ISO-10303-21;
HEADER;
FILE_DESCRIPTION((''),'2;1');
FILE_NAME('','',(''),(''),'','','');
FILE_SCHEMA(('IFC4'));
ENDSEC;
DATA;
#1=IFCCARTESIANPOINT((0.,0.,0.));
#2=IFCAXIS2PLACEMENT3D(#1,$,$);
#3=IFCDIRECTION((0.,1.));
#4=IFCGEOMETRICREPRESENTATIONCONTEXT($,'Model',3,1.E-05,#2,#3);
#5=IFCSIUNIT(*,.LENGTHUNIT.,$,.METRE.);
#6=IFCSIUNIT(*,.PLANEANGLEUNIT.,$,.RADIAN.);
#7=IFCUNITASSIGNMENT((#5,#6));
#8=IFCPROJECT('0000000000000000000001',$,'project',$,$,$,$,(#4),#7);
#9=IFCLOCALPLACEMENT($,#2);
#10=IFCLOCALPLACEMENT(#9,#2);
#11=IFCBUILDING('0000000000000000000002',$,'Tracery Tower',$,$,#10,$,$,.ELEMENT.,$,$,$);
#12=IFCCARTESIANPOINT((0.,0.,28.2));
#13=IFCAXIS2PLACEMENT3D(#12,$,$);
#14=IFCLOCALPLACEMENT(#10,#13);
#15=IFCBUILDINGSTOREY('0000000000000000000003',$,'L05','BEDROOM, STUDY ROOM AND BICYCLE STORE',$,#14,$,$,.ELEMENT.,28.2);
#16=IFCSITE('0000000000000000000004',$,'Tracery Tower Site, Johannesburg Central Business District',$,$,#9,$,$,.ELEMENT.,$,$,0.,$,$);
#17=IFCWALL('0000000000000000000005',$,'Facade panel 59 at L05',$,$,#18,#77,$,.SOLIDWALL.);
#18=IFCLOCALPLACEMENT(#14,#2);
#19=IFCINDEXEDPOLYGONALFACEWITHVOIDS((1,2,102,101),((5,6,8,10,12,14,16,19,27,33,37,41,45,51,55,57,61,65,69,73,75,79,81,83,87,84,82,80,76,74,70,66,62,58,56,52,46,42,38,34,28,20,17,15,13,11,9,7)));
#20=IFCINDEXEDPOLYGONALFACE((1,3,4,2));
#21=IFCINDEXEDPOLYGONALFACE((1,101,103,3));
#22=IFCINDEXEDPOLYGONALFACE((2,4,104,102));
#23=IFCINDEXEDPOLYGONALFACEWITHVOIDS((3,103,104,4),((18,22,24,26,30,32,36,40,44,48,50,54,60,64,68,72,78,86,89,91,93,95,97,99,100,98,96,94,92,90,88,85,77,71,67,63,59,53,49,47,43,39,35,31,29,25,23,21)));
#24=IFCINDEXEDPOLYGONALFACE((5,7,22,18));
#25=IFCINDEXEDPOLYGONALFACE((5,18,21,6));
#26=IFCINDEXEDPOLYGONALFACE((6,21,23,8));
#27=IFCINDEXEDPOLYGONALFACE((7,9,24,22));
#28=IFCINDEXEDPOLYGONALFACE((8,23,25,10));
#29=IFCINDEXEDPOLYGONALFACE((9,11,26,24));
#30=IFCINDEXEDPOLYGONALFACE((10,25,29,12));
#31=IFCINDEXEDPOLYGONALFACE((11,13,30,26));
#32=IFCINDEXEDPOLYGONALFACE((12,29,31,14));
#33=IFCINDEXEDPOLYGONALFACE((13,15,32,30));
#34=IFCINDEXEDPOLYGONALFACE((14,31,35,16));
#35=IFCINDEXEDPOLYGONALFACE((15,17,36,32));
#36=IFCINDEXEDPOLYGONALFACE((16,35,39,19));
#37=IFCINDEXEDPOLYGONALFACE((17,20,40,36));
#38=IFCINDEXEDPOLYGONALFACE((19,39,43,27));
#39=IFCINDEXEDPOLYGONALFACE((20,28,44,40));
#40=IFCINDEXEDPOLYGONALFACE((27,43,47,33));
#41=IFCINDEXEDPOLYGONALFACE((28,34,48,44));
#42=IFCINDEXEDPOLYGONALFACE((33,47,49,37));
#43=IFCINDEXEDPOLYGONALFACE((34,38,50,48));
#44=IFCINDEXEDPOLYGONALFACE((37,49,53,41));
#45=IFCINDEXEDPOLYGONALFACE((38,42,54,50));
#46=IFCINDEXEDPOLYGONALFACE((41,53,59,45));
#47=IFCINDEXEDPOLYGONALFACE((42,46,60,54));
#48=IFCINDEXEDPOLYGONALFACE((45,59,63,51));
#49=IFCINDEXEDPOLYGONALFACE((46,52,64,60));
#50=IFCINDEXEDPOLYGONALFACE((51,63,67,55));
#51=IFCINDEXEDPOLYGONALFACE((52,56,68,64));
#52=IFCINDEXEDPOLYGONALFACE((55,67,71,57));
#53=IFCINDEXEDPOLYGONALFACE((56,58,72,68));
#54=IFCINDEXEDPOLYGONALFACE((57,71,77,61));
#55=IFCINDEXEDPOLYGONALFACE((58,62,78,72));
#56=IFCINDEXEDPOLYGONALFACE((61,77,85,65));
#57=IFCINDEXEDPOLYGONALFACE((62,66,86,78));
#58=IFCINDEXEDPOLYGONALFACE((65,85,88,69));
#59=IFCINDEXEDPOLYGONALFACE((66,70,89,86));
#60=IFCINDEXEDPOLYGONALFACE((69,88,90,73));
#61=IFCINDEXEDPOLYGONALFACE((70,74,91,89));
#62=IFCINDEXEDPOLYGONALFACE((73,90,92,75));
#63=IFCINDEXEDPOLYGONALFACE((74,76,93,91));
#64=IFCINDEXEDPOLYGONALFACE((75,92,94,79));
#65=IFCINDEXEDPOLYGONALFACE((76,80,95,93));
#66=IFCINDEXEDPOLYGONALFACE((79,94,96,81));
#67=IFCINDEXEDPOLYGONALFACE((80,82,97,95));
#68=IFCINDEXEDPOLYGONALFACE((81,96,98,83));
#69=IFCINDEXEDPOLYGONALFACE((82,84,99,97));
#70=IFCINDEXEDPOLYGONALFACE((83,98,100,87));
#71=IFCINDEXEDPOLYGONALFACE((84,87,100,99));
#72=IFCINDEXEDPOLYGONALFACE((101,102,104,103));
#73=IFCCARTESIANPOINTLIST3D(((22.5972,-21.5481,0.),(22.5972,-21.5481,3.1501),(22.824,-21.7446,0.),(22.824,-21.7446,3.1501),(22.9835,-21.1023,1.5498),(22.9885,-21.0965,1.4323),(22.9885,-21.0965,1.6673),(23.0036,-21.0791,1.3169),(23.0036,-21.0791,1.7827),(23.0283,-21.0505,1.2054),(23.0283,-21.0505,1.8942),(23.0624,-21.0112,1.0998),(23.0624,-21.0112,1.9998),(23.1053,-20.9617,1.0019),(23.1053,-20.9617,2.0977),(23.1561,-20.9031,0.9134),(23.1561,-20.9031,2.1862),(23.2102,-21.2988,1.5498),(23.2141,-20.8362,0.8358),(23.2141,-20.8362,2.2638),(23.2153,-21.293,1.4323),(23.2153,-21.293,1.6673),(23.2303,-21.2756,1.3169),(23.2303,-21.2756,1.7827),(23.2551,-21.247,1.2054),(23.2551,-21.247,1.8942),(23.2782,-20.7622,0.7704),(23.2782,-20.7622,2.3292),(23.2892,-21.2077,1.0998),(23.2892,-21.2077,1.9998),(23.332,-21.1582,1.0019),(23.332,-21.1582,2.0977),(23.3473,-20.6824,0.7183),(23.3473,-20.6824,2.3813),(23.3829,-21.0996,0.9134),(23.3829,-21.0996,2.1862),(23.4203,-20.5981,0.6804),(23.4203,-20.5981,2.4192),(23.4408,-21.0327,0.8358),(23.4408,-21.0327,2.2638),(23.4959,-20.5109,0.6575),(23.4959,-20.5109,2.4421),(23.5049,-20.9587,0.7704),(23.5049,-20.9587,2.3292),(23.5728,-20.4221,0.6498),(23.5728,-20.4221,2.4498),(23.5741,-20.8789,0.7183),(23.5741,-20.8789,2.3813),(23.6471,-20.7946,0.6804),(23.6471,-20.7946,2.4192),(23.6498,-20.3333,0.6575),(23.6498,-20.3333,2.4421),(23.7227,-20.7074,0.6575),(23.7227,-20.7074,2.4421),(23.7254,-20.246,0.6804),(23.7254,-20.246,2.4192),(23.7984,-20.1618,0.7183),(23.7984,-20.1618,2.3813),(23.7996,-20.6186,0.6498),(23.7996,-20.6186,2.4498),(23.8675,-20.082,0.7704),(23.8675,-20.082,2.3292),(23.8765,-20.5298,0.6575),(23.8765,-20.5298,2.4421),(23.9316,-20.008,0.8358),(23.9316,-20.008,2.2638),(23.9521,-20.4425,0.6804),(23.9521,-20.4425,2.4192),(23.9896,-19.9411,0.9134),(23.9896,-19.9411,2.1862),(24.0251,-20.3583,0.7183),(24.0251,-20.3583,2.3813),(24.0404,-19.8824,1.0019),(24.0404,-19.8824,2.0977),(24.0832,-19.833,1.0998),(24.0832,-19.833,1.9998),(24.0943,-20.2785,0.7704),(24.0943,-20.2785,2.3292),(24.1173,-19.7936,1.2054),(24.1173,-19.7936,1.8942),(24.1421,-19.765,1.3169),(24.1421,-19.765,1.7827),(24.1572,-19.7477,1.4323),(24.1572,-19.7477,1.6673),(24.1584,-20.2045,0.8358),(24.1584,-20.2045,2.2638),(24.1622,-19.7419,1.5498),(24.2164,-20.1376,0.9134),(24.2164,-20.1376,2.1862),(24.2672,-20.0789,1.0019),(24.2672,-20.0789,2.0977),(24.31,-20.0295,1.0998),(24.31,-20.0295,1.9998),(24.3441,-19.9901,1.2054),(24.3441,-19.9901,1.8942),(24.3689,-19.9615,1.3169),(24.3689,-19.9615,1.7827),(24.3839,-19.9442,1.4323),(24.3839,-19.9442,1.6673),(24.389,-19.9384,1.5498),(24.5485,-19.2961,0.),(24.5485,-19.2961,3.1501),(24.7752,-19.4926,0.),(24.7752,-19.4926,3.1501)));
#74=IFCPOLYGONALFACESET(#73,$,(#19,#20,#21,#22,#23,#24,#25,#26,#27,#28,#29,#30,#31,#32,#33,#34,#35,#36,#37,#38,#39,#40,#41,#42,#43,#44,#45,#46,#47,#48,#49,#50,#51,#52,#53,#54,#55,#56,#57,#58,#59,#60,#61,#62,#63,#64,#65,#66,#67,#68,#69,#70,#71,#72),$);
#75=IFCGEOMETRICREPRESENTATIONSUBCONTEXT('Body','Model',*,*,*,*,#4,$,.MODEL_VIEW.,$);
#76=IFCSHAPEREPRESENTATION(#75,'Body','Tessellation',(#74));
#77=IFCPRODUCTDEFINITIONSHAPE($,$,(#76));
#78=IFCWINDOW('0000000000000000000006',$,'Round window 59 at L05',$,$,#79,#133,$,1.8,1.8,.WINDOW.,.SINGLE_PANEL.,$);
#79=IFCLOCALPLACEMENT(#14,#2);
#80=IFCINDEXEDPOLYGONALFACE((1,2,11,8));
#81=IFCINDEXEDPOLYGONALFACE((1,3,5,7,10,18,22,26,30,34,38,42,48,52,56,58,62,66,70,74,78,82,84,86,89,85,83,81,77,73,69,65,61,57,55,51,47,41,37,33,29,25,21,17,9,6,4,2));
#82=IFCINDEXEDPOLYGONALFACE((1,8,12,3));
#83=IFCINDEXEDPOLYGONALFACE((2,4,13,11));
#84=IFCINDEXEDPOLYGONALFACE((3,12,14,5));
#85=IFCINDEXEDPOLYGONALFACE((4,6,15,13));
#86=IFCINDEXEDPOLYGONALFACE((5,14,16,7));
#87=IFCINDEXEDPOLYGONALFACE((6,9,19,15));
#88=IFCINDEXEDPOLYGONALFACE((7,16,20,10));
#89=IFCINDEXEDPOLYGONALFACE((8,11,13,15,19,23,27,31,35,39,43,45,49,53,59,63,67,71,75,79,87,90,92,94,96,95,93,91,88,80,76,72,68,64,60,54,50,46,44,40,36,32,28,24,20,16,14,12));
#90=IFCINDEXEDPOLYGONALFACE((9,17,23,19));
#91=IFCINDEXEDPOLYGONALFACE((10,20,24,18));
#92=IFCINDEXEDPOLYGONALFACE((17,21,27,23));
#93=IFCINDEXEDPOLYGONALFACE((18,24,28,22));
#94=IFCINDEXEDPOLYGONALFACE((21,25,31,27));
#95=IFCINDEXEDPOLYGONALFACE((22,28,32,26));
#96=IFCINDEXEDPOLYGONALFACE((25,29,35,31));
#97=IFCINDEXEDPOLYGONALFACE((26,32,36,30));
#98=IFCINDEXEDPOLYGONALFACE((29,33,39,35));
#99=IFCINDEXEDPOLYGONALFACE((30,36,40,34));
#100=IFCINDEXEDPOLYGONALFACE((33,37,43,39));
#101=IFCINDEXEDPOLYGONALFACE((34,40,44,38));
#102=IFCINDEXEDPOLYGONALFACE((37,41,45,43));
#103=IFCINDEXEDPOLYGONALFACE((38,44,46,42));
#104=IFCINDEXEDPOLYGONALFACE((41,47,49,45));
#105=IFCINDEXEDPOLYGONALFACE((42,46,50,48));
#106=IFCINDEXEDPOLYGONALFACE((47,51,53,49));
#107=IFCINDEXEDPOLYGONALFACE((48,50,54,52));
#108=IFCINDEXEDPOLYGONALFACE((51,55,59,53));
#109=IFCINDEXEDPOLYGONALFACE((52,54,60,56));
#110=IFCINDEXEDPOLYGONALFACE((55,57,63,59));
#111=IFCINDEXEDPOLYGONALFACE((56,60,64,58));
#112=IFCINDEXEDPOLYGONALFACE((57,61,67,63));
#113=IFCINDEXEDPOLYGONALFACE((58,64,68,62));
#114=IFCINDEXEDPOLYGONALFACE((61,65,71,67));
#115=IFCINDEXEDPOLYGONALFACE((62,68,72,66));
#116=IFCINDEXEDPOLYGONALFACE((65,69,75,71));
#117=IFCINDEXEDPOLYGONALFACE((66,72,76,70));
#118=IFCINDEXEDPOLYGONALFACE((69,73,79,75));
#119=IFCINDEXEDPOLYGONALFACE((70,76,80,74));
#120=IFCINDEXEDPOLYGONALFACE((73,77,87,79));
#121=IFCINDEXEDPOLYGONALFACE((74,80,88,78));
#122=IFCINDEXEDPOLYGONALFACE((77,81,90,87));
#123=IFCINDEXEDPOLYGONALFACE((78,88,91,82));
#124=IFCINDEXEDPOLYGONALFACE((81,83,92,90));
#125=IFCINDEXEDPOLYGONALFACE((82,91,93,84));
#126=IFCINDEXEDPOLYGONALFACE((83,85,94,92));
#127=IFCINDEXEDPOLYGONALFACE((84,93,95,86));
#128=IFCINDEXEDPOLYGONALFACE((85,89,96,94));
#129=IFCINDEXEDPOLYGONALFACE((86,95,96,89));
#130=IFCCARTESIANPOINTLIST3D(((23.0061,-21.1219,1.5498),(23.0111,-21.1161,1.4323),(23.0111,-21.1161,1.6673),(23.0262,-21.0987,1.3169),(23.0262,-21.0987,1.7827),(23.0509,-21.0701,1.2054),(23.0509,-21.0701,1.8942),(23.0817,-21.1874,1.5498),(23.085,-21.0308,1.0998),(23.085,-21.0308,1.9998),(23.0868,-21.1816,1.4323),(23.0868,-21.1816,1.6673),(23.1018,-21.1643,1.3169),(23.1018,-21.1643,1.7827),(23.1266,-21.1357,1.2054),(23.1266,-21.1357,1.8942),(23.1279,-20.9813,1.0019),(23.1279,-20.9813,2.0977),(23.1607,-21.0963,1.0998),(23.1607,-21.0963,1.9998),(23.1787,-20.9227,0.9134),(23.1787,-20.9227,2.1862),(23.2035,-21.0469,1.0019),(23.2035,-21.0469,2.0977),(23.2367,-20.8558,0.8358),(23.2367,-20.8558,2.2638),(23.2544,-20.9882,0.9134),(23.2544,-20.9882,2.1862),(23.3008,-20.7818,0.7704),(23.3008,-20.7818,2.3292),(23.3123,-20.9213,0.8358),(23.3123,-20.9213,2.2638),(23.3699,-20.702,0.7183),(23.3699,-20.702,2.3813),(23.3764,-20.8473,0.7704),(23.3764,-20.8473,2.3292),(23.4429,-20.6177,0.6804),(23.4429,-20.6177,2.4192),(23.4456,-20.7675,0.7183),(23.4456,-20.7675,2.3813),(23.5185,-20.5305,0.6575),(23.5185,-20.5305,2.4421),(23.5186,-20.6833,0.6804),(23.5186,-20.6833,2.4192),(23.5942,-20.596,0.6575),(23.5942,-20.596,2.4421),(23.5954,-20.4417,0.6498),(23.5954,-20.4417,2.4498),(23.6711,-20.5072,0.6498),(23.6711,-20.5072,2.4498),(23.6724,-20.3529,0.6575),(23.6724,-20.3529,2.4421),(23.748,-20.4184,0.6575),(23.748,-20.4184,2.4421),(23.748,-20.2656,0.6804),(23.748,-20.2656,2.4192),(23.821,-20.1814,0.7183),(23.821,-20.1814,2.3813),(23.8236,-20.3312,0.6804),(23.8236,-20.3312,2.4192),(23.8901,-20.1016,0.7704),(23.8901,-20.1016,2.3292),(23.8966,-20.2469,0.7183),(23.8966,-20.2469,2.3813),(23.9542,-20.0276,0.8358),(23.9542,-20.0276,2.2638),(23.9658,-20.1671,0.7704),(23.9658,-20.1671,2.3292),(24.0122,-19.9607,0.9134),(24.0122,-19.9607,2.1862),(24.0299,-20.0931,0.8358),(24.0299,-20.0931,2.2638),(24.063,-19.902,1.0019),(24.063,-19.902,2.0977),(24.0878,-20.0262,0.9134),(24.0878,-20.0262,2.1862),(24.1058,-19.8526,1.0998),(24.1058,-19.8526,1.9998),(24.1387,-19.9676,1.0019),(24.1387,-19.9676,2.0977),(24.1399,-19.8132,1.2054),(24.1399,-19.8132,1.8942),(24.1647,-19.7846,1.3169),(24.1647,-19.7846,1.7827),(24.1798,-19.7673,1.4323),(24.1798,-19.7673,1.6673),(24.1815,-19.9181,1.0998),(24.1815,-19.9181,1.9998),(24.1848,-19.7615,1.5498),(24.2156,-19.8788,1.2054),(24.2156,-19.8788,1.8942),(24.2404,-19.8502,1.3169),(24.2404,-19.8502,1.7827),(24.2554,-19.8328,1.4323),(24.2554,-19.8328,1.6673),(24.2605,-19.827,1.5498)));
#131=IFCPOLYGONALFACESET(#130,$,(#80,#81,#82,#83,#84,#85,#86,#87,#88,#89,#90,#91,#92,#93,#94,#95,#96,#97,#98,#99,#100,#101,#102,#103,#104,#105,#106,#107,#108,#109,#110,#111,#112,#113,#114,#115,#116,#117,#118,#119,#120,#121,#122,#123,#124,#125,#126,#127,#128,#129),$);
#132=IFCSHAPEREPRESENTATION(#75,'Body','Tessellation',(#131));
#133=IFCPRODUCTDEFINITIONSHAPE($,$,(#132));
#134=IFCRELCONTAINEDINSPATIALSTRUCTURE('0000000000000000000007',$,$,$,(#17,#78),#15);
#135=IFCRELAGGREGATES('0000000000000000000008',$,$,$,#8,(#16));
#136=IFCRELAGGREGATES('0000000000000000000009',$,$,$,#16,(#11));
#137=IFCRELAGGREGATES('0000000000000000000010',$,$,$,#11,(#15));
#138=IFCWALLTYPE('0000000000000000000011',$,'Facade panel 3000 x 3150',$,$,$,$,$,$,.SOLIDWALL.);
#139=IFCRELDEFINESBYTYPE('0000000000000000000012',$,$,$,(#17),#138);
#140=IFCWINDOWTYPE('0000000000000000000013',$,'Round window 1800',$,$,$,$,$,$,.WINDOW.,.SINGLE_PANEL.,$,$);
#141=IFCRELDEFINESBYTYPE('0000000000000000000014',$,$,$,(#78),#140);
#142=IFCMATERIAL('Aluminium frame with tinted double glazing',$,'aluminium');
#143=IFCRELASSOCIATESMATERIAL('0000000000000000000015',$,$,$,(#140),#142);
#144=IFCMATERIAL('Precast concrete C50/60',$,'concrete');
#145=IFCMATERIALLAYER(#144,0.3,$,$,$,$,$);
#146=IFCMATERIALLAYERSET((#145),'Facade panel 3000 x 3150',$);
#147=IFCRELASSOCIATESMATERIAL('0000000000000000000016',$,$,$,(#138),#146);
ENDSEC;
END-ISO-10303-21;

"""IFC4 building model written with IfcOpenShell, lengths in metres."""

from ifc_helpers import new_model, si_unit, direction, frame, frame_2d, origin, origin_2d, place, context, subcontext, project, spatial, rectangle, circle, extrude, material, layer, layer_set, type_object, element, fill, save


model = new_model("IFC4")

# Units and contexts
model_context = context("Model", 3, precision=1e-05, world=origin(), true_north=direction((0.0, 1.0)))
body_context = subcontext(model_context, "Body", "Model", "MODEL_VIEW")
ifc_project = project(units=[si_unit("LENGTHUNIT", "METRE"), si_unit("PLANEANGLEUNIT", "RADIAN")], contexts=[model_context])

# Site, building, storey
site_placement = place(None, origin())
site = spatial("IfcSite", under=ifc_project, at=site_placement, Name="Tracery Tower Site, Johannesburg Central Business District", CompositionType="ELEMENT", RefElevation=0.0)
building_placement = place(site_placement, origin())
building = spatial("IfcBuilding", under=site, at=building_placement, Name="Tracery Tower", CompositionType="ELEMENT")
storey_placement = place(building_placement, frame((0.0, 0.0, 28.2)))
storey = spatial("IfcBuildingStorey", under=building, at=storey_placement, Name="L05", Description="BEDROOM, STUDY ROOM AND BICYCLE STORE", CompositionType="ELEMENT", Elevation=28.2)

# Wall, opening, window
ifc_material_1 = material(Name="Aluminium frame with tinted double glazing", Category="aluminium")
window_type = type_object("IfcWindowType", Name="Round window 1800", PartitioningType="SINGLE_PANEL", PredefinedType="WINDOW", material=ifc_material_1)
ifc_material_2 = material(Name="Precast concrete C50/60", Category="concrete")
ifc_layer_1 = layer(ifc_material_2, 0.3)
ifc_layer_set_1 = layer_set([ifc_layer_1], Name="Facade panel 3000 x 3150")
wall_type_1 = type_object("IfcWallType", Name="Facade panel 3000 x 3150", PredefinedType="SOLIDWALL", material=ifc_layer_set_1)
wall_1_placement = place(storey_placement, frame((22.7107, -21.6462, 0.0), z_axis=(0.0, 0.0, 1.0), x_axis=(0.654831, 0.755776, 0.0)))
wall_1 = element("IfcWall", 1, at=wall_1_placement, inside=storey, type_object=wall_type_1, Name="Facade panel 59 at L05", PredefinedType="SOLIDWALL", context=body_context, shape_type="SweptSolid", body=[
    extrude(rectangle(XDim=2.9797, YDim=0.3, at=frame_2d((1.4897, 0.0))), origin(), (0.0, 0.0, 1.0), 3.1501),
])
opening_1_placement = place(wall_1_placement, frame((1.4897, 0.0, 1.5498)))
opening_1 = element("IfcOpeningElement", 2, at=opening_1_placement, cuts=wall_1, PredefinedType="OPENING", context=body_context, shape_type="SweptSolid", body=[
    extrude(circle(Radius=0.9, at=origin_2d()), frame((0.0, 0.1599, 0.0), z_axis=(0.0, -1.0, 0.0), x_axis=(1.0, 0.0, 0.0)), (0.0, 0.0, 1.0), 0.3201),
])
window_1_placement = place(opening_1_placement, origin())
window_1 = element("IfcWindow", 3, at=window_1_placement, inside=storey, type_object=window_type, Name="Round window 59 at L05", OverallHeight=1.8, OverallWidth=1.8, PartitioningType="SINGLE_PANEL", PredefinedType="WINDOW", context=body_context, shape_type="SweptSolid", body=[
    extrude(circle(Radius=0.9, at=origin_2d()), frame((0.0, 0.1201, 0.0), z_axis=(0.0, -1.0, 0.0), x_axis=(1.0, 0.0, 0.0)), (0.0, 0.0, 1.0), 0.1001),
])
fill(opening_1, window_1)

save(model, "model.ifc")
